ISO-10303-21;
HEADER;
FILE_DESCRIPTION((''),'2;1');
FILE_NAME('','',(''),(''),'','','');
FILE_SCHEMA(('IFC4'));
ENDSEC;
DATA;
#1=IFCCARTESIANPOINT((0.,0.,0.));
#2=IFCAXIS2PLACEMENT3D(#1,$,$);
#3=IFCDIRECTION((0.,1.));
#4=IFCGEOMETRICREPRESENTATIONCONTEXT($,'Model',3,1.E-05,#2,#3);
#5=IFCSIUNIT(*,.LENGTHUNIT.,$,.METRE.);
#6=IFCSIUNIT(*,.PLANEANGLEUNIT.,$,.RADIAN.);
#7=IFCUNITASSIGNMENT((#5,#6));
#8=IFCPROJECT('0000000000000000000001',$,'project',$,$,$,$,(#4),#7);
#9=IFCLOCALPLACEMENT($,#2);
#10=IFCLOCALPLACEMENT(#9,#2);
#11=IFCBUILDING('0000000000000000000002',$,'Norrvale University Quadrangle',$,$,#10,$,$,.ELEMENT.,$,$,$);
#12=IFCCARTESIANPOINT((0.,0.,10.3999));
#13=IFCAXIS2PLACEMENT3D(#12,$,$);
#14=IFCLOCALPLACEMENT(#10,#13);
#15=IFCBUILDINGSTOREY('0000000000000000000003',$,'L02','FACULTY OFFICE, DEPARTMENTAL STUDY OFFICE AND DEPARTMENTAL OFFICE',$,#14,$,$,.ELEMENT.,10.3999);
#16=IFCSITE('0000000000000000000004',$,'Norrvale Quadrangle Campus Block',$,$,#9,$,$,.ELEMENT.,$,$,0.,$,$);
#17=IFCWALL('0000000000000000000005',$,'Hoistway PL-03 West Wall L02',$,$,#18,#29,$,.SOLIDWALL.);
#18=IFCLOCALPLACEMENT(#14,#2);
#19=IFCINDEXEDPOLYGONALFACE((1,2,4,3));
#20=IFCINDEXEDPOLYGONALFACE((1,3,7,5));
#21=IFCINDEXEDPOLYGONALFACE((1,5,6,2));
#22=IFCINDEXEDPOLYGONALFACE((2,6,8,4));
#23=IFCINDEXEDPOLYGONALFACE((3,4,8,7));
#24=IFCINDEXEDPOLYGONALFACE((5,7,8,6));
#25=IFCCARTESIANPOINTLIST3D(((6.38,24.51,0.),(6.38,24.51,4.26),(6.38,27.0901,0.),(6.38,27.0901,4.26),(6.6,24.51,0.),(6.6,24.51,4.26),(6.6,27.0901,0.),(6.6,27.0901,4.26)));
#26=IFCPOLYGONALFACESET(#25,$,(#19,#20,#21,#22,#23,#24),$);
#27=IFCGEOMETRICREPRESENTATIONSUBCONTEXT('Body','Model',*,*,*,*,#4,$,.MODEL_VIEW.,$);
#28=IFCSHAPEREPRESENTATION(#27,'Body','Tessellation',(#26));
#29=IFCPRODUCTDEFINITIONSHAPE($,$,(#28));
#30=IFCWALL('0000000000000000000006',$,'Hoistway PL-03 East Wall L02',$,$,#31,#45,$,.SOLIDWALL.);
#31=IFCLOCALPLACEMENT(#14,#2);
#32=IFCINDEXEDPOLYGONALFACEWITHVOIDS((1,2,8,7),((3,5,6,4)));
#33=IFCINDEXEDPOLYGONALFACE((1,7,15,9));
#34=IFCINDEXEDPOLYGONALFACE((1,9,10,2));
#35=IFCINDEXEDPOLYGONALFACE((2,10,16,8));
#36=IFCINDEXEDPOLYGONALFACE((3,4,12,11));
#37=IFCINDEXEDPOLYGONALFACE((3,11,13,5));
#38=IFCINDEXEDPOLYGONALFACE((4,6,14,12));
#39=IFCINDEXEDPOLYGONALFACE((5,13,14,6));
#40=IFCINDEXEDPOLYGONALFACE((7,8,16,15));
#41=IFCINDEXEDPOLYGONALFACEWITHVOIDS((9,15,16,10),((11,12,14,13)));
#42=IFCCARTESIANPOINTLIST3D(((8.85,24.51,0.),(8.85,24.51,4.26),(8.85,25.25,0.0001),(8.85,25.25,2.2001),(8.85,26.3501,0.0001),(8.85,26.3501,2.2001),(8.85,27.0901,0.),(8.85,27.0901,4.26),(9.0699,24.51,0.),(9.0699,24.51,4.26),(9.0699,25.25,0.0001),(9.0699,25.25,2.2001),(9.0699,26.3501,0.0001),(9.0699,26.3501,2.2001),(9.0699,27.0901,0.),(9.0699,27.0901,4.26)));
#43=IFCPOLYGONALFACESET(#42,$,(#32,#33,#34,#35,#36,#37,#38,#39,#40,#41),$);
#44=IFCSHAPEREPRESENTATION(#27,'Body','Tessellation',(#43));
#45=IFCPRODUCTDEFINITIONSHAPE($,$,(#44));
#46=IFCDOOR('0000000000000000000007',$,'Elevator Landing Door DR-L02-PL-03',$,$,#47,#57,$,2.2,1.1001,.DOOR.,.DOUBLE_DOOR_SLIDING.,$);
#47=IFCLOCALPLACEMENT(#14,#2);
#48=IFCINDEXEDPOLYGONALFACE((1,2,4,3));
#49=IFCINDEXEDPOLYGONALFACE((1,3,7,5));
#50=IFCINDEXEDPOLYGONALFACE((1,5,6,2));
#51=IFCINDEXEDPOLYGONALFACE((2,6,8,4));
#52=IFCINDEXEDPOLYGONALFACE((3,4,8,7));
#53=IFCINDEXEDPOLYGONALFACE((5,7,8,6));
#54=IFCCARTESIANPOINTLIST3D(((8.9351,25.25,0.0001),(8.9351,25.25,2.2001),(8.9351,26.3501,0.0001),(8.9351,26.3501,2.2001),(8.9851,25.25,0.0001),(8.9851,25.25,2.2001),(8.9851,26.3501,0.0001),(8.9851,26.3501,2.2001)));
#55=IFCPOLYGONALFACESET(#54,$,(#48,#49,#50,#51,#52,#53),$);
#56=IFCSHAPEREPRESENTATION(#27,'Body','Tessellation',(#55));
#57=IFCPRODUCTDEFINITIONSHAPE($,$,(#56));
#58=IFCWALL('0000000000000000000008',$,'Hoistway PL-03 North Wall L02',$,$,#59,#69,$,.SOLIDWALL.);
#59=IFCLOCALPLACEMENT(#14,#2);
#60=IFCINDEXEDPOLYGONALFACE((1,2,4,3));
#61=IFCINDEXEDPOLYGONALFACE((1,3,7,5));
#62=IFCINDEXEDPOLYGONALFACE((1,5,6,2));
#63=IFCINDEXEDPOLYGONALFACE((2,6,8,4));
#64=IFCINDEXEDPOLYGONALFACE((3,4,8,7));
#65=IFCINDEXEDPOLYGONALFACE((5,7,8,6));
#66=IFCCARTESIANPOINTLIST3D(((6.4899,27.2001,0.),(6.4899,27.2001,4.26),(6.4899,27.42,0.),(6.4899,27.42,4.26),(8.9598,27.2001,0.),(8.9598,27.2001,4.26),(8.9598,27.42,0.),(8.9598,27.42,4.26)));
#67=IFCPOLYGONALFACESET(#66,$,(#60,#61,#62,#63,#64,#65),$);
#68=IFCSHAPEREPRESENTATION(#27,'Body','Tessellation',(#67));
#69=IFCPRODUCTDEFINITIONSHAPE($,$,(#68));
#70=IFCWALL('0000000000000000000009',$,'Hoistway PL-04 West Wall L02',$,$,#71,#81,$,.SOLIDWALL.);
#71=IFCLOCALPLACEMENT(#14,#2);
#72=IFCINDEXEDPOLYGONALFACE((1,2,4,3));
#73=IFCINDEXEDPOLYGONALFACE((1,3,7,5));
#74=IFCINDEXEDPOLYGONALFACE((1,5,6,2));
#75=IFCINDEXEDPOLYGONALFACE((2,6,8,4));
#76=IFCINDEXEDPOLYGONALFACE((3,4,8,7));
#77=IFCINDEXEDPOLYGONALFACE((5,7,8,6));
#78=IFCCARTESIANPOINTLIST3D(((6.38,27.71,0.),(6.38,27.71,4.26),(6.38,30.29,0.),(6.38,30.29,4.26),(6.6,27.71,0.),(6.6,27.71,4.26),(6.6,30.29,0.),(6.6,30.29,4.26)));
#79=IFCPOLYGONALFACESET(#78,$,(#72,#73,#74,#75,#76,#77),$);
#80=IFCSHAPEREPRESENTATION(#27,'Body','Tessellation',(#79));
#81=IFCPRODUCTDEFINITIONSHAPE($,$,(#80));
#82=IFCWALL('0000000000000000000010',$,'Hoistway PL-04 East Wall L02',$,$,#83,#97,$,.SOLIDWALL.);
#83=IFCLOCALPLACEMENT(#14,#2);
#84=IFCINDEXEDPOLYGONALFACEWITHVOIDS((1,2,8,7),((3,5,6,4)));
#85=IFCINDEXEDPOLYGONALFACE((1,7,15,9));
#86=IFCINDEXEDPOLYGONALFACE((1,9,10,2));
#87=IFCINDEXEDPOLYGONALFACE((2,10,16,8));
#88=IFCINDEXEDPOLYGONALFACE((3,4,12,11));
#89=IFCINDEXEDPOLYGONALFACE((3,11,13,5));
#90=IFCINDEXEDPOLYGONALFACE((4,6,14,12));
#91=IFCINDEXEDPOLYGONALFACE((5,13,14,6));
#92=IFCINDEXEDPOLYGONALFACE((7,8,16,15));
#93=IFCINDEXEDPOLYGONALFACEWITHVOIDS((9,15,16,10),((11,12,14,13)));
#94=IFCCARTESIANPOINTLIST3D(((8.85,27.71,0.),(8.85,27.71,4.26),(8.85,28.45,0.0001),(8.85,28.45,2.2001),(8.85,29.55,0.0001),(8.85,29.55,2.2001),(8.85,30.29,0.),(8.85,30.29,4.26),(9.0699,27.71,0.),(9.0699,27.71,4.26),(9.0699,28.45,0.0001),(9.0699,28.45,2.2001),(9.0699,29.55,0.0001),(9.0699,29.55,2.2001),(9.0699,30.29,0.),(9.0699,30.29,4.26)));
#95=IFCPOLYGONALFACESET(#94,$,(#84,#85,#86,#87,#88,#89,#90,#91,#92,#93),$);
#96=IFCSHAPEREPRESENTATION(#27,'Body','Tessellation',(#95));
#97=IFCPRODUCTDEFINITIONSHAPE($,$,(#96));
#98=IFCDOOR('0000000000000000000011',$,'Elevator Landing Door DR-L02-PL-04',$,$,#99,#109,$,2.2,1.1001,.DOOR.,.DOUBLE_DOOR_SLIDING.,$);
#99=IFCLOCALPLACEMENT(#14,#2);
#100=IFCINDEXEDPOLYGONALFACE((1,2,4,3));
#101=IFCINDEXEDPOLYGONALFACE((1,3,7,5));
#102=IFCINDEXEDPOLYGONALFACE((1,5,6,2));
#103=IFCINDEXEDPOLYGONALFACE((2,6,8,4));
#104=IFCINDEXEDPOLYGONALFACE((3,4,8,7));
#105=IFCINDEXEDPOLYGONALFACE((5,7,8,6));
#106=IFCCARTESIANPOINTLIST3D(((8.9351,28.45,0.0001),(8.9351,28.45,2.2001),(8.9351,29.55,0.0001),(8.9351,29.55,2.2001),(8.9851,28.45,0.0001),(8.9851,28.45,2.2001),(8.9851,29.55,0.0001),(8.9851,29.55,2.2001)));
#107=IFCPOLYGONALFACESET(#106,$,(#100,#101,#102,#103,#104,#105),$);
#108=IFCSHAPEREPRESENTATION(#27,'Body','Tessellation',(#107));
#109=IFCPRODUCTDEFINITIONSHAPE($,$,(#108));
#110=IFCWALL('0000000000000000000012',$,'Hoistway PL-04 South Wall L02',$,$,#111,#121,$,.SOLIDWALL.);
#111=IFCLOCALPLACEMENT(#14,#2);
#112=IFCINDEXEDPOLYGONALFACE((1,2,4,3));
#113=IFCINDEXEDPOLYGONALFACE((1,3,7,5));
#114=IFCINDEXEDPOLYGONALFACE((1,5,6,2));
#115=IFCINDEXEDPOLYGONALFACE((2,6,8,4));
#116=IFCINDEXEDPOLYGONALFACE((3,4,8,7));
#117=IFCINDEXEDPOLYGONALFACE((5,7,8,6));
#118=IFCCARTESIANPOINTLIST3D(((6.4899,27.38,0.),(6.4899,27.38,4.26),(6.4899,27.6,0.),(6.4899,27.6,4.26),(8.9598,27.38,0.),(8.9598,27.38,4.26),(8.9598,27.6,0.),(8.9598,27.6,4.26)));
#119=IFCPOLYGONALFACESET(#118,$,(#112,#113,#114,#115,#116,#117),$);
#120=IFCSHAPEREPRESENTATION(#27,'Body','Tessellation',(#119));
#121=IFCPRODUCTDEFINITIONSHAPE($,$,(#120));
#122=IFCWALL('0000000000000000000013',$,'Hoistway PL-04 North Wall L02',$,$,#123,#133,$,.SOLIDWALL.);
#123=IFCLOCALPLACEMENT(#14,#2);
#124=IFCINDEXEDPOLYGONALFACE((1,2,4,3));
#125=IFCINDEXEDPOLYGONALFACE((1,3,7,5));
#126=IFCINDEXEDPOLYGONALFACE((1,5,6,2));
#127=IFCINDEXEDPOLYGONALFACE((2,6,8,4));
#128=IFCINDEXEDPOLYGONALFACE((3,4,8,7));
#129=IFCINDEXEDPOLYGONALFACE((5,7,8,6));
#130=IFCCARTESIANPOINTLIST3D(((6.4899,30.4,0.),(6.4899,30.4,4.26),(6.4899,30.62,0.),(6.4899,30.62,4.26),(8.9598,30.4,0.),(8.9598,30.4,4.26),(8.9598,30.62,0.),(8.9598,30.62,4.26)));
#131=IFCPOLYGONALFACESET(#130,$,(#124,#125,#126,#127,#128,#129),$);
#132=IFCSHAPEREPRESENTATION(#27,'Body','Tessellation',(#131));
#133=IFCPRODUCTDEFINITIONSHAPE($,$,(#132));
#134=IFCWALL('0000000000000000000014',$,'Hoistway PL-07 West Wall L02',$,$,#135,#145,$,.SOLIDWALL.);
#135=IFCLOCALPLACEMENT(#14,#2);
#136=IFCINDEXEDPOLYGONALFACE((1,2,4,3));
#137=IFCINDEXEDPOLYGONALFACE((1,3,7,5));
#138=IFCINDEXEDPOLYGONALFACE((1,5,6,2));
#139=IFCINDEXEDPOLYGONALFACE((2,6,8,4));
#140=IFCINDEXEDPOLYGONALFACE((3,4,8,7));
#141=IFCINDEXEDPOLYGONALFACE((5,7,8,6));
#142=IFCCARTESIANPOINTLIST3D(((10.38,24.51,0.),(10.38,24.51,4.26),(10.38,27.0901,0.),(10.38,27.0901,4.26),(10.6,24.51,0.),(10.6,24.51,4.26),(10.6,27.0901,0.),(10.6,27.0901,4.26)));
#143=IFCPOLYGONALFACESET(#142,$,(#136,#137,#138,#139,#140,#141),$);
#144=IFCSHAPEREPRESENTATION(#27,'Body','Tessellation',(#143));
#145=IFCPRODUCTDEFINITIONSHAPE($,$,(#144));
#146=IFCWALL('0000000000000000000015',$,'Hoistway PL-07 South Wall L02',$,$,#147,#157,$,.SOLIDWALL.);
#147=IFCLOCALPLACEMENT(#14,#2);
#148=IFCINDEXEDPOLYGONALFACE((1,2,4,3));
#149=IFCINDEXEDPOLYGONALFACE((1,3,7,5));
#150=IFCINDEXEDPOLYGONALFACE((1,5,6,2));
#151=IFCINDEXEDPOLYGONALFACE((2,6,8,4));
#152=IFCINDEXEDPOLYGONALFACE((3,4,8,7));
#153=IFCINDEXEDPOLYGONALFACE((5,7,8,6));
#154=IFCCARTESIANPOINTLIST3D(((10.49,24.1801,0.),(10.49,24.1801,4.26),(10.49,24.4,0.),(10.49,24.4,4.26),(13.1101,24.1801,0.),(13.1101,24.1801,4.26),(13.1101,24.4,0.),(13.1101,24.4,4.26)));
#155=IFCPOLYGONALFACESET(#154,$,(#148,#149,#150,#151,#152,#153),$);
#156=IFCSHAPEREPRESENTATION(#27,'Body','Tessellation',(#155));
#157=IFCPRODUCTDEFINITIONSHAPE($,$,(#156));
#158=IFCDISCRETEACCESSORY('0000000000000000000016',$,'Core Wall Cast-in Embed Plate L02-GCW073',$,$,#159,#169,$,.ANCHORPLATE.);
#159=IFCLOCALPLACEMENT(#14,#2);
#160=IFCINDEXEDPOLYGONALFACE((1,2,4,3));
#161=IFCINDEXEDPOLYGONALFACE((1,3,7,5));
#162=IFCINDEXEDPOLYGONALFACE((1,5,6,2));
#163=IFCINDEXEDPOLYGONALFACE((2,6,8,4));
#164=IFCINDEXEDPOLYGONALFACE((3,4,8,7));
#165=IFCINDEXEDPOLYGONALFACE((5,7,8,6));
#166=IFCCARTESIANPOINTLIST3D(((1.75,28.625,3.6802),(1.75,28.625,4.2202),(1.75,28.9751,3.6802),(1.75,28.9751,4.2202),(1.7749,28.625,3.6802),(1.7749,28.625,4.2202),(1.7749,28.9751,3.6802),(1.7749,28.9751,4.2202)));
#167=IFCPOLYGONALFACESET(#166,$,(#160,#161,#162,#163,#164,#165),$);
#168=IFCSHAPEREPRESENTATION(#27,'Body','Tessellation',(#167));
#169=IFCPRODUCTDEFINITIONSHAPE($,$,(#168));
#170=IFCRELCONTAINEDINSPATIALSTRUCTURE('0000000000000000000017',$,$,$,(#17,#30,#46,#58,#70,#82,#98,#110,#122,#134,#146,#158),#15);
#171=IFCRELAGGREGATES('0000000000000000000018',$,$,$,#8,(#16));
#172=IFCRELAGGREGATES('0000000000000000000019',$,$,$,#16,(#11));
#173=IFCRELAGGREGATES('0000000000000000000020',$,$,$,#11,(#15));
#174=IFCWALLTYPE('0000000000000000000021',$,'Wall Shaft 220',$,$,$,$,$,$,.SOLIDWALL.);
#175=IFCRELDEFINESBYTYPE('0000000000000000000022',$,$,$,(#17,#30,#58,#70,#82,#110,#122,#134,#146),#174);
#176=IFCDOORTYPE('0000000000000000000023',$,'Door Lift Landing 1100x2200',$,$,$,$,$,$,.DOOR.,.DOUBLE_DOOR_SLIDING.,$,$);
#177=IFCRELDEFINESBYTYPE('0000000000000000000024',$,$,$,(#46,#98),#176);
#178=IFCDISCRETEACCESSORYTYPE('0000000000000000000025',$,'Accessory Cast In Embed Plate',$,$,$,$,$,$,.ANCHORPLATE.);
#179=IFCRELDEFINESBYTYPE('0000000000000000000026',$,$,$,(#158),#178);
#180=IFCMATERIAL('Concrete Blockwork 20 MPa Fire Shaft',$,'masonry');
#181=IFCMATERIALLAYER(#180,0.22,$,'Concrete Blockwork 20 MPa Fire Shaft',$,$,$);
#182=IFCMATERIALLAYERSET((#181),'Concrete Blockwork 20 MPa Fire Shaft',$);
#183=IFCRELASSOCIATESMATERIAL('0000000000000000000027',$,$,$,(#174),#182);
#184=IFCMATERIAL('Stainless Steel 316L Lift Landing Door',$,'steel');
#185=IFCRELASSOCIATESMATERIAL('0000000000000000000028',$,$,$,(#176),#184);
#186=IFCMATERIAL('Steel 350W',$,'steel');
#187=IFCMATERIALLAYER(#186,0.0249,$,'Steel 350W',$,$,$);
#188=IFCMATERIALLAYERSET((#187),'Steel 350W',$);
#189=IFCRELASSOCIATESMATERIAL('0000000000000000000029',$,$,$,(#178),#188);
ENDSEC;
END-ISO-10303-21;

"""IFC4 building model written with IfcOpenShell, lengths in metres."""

from ifc_helpers import new_model, si_unit, direction, frame, frame_2d, origin, origin_2d, place, context, subcontext, project, spatial, rectangle, extrude, material, layer, layer_set, type_object, element, fill, save


model = new_model("IFC4")

# Units and contexts
model_context = context("Model", 3, precision=1e-05, world=origin(), true_north=direction((0.0, 1.0)))
body_context = subcontext(model_context, "Body", "Model", "MODEL_VIEW")
ifc_project = project(units=[si_unit("LENGTHUNIT", "METRE"), si_unit("PLANEANGLEUNIT", "RADIAN")], contexts=[model_context])

# Site, building, storey
site_placement = place(None, origin())
site = spatial("IfcSite", under=ifc_project, at=site_placement, Name="Norrvale Quadrangle Campus Block", CompositionType="ELEMENT", RefElevation=0.0)
building_placement = place(site_placement, origin())
building = spatial("IfcBuilding", under=site, at=building_placement, Name="Norrvale University Quadrangle", CompositionType="ELEMENT")
storey_placement = place(building_placement, frame((0.0, 0.0, 10.3999)))
storey = spatial("IfcBuildingStorey", under=building, at=storey_placement, Name="L02", Description="FACULTY OFFICE, DEPARTMENTAL STUDY OFFICE AND DEPARTMENTAL OFFICE", CompositionType="ELEMENT", Elevation=10.3999)

# Shared definitions
ifc_material_1 = material(Name="Steel 350W", Category="steel")

# Wall
ifc_material_2 = material(Name="Concrete Blockwork 20 MPa Fire Shaft", Category="masonry")
ifc_layer_1 = layer(ifc_material_2, 0.22, Name="Concrete Blockwork 20 MPa Fire Shaft")
ifc_layer_set_1 = layer_set([ifc_layer_1], Name="Concrete Blockwork 20 MPa Fire Shaft")
wall_type_1 = type_object("IfcWallType", Name="Wall Shaft 220", PredefinedType="SOLIDWALL", material=ifc_layer_set_1)
wall_1_placement = place(storey_placement, frame((6.49, 24.51, 0.0), z_axis=(0.0, 0.0, 1.0), x_axis=(0.0, 1.0, 0.0)))
element("IfcWall", 1, at=wall_1_placement, inside=storey, type_object=wall_type_1, Name="Hoistway PL-03 West Wall L02", PredefinedType="SOLIDWALL", context=body_context, shape_type="SweptSolid", body=[
    extrude(rectangle(XDim=2.5801, YDim=0.22, at=frame_2d((1.29, 0.0))), origin(), (0.0, 0.0, 1.0), 4.26),
])

# Wall, opening, door
wall_2_placement = place(storey_placement, frame((8.96, 24.51, 0.0), z_axis=(0.0, 0.0, 1.0), x_axis=(0.0, 1.0, 0.0)))
wall_2 = element("IfcWall", 2, at=wall_2_placement, inside=storey, type_object=wall_type_1, Name="Hoistway PL-03 East Wall L02", PredefinedType="SOLIDWALL", context=body_context, shape_type="SweptSolid", body=[
    extrude(rectangle(XDim=2.5801, YDim=0.22, at=frame_2d((1.29, 0.0))), origin(), (0.0, 0.0, 1.0), 4.26),
])
opening_1_placement = place(wall_2_placement, frame((0.74, 0.0, 0.0)))
opening_1 = element("IfcOpeningElement", 3, at=opening_1_placement, cuts=wall_2, PredefinedType="OPENING", context=body_context, shape_type="SweptSolid", body=[
    extrude(rectangle(XDim=1.1001, YDim=2.2, at=frame_2d((0.55, 1.1001))), frame((0.0, 0.1221, 0.0), z_axis=(0.0, -1.0, 0.0), x_axis=(1.0, 0.0, 0.0)), (0.0, 0.0, 1.0), 0.2439),
])
ifc_material_3 = material(Name="Stainless Steel 316L Lift Landing Door", Category="steel")
door_type_1 = type_object("IfcDoorType", Name="Door Lift Landing 1100x2200", OperationType="DOUBLE_DOOR_SLIDING", PredefinedType="DOOR", material=ifc_material_3)
door_1_placement = place(opening_1_placement, origin())
door_1 = element("IfcDoor", 4, at=door_1_placement, inside=storey, type_object=door_type_1, Name="Elevator Landing Door DR-L02-PL-03", OperationType="DOUBLE_DOOR_SLIDING", OverallHeight=2.2, OverallWidth=1.1001, PredefinedType="DOOR", context=body_context, shape_type="SweptSolid", body=[
    extrude(rectangle(XDim=1.1001, YDim=2.2, at=frame_2d((0.55, 1.1001))), frame((0.0, 0.0249, 0.0), z_axis=(0.0, -1.0, 0.0), x_axis=(1.0, 0.0, 0.0)), (0.0, 0.0, 1.0), 0.05),
])
fill(opening_1, door_1)

# Walls
wall_3_placement = place(storey_placement, frame((6.49, 27.3101, 0.0), z_axis=(0.0, 0.0, 1.0), x_axis=(1.0, 0.0, 0.0)))
element("IfcWall", 5, at=wall_3_placement, inside=storey, type_object=wall_type_1, Name="Hoistway PL-03 North Wall L02", PredefinedType="SOLIDWALL", context=body_context, shape_type="SweptSolid", body=[
    extrude(rectangle(XDim=2.47, YDim=0.22, at=frame_2d((1.2349, 0.0))), origin(), (0.0, 0.0, 1.0), 4.26),
])
wall_4_placement = place(storey_placement, frame((6.49, 27.71, 0.0), z_axis=(0.0, 0.0, 1.0), x_axis=(0.0, 1.0, 0.0)))
element("IfcWall", 6, at=wall_4_placement, inside=storey, type_object=wall_type_1, Name="Hoistway PL-04 West Wall L02", PredefinedType="SOLIDWALL", context=body_context, shape_type="SweptSolid", body=[
    extrude(rectangle(XDim=2.5801, YDim=0.22, at=frame_2d((1.29, 0.0))), origin(), (0.0, 0.0, 1.0), 4.26),
])

# Wall, opening, door
wall_5_placement = place(storey_placement, frame((8.96, 27.71, 0.0), z_axis=(0.0, 0.0, 1.0), x_axis=(0.0, 1.0, 0.0)))
wall_5 = element("IfcWall", 7, at=wall_5_placement, inside=storey, type_object=wall_type_1, Name="Hoistway PL-04 East Wall L02", PredefinedType="SOLIDWALL", context=body_context, shape_type="SweptSolid", body=[
    extrude(rectangle(XDim=2.5801, YDim=0.22, at=frame_2d((1.29, 0.0))), origin(), (0.0, 0.0, 1.0), 4.26),
])
opening_2_placement = place(wall_5_placement, frame((0.74, 0.0, 0.0)))
opening_2 = element("IfcOpeningElement", 8, at=opening_2_placement, cuts=wall_5, PredefinedType="OPENING", context=body_context, shape_type="SweptSolid", body=[
    extrude(rectangle(XDim=1.1001, YDim=2.2, at=frame_2d((0.55, 1.1001))), frame((0.0, 0.1221, 0.0), z_axis=(0.0, -1.0, 0.0), x_axis=(1.0, 0.0, 0.0)), (0.0, 0.0, 1.0), 0.2439),
])
door_2_placement = place(opening_2_placement, origin())
door_2 = element("IfcDoor", 9, at=door_2_placement, inside=storey, type_object=door_type_1, Name="Elevator Landing Door DR-L02-PL-04", OperationType="DOUBLE_DOOR_SLIDING", OverallHeight=2.2, OverallWidth=1.1001, PredefinedType="DOOR", context=body_context, shape_type="SweptSolid", body=[
    extrude(rectangle(XDim=1.1001, YDim=2.2, at=frame_2d((0.55, 1.1001))), frame((0.0, 0.0249, 0.0), z_axis=(0.0, -1.0, 0.0), x_axis=(1.0, 0.0, 0.0)), (0.0, 0.0, 1.0), 0.05),
])
fill(opening_2, door_2)

# Walls
for number, where, z_axis, x_axis, name in (
    (10, (6.49, 27.49, 0.0), (0.0, 0.0, 1.0), (1.0, 0.0, 0.0), "Hoistway PL-04 South Wall L02"),
    (11, (6.49, 30.51, 0.0), (0.0, 0.0, 1.0), (1.0, 0.0, 0.0), "Hoistway PL-04 North Wall L02"),
):
    element("IfcWall", number, at=place(storey_placement, frame(where, z_axis=z_axis, x_axis=x_axis)), inside=storey, type_object=wall_type_1, Name=name, PredefinedType="SOLIDWALL", context=body_context, shape_type="SweptSolid", body=[
        extrude(rectangle(XDim=2.47, YDim=0.22, at=frame_2d((1.2349, 0.0))), origin(), (0.0, 0.0, 1.0), 4.26),
    ])
wall_6_placement = place(storey_placement, frame((10.49, 24.51, 0.0), z_axis=(0.0, 0.0, 1.0), x_axis=(0.0, 1.0, 0.0)))
element("IfcWall", 12, at=wall_6_placement, inside=storey, type_object=wall_type_1, Name="Hoistway PL-07 West Wall L02", PredefinedType="SOLIDWALL", context=body_context, shape_type="SweptSolid", body=[
    extrude(rectangle(XDim=2.5801, YDim=0.22, at=frame_2d((1.29, 0.0))), origin(), (0.0, 0.0, 1.0), 4.26),
])
wall_7_placement = place(storey_placement, frame((10.49, 24.29, 0.0), z_axis=(0.0, 0.0, 1.0), x_axis=(1.0, 0.0, 0.0)))
element("IfcWall", 13, at=wall_7_placement, inside=storey, type_object=wall_type_1, Name="Hoistway PL-07 South Wall L02", PredefinedType="SOLIDWALL", context=body_context, shape_type="SweptSolid", body=[
    extrude(rectangle(XDim=2.6201, YDim=0.22, at=frame_2d((1.3101, 0.0))), origin(), (0.0, 0.0, 1.0), 4.26),
])

# Discrete accessory
ifc_layer_2 = layer(ifc_material_1, 0.0249, Name="Steel 350W")
ifc_layer_set_2 = layer_set([ifc_layer_2], Name="Steel 350W")
discrete_accessory_type = type_object("IfcDiscreteAccessoryType", Name="Accessory Cast In Embed Plate", PredefinedType="ANCHORPLATE", material=ifc_layer_set_2)
discrete_accessory_placement = place(storey_placement, frame((1.7625, 28.8, 3.6802), z_axis=(0.0, 0.0, 1.0), x_axis=(1.0, 0.0, 0.0)))
element("IfcDiscreteAccessory", 14, at=discrete_accessory_placement, inside=storey, type_object=discrete_accessory_type, Name="Core Wall Cast-in Embed Plate L02-GCW073", PredefinedType="ANCHORPLATE", context=body_context, shape_type="SweptSolid", body=[
    extrude(rectangle(XDim=0.0249, YDim=0.3501, at=origin_2d()), origin(), (0.0, 0.0, 1.0), 0.54),
])

save(model, "model.ifc")
